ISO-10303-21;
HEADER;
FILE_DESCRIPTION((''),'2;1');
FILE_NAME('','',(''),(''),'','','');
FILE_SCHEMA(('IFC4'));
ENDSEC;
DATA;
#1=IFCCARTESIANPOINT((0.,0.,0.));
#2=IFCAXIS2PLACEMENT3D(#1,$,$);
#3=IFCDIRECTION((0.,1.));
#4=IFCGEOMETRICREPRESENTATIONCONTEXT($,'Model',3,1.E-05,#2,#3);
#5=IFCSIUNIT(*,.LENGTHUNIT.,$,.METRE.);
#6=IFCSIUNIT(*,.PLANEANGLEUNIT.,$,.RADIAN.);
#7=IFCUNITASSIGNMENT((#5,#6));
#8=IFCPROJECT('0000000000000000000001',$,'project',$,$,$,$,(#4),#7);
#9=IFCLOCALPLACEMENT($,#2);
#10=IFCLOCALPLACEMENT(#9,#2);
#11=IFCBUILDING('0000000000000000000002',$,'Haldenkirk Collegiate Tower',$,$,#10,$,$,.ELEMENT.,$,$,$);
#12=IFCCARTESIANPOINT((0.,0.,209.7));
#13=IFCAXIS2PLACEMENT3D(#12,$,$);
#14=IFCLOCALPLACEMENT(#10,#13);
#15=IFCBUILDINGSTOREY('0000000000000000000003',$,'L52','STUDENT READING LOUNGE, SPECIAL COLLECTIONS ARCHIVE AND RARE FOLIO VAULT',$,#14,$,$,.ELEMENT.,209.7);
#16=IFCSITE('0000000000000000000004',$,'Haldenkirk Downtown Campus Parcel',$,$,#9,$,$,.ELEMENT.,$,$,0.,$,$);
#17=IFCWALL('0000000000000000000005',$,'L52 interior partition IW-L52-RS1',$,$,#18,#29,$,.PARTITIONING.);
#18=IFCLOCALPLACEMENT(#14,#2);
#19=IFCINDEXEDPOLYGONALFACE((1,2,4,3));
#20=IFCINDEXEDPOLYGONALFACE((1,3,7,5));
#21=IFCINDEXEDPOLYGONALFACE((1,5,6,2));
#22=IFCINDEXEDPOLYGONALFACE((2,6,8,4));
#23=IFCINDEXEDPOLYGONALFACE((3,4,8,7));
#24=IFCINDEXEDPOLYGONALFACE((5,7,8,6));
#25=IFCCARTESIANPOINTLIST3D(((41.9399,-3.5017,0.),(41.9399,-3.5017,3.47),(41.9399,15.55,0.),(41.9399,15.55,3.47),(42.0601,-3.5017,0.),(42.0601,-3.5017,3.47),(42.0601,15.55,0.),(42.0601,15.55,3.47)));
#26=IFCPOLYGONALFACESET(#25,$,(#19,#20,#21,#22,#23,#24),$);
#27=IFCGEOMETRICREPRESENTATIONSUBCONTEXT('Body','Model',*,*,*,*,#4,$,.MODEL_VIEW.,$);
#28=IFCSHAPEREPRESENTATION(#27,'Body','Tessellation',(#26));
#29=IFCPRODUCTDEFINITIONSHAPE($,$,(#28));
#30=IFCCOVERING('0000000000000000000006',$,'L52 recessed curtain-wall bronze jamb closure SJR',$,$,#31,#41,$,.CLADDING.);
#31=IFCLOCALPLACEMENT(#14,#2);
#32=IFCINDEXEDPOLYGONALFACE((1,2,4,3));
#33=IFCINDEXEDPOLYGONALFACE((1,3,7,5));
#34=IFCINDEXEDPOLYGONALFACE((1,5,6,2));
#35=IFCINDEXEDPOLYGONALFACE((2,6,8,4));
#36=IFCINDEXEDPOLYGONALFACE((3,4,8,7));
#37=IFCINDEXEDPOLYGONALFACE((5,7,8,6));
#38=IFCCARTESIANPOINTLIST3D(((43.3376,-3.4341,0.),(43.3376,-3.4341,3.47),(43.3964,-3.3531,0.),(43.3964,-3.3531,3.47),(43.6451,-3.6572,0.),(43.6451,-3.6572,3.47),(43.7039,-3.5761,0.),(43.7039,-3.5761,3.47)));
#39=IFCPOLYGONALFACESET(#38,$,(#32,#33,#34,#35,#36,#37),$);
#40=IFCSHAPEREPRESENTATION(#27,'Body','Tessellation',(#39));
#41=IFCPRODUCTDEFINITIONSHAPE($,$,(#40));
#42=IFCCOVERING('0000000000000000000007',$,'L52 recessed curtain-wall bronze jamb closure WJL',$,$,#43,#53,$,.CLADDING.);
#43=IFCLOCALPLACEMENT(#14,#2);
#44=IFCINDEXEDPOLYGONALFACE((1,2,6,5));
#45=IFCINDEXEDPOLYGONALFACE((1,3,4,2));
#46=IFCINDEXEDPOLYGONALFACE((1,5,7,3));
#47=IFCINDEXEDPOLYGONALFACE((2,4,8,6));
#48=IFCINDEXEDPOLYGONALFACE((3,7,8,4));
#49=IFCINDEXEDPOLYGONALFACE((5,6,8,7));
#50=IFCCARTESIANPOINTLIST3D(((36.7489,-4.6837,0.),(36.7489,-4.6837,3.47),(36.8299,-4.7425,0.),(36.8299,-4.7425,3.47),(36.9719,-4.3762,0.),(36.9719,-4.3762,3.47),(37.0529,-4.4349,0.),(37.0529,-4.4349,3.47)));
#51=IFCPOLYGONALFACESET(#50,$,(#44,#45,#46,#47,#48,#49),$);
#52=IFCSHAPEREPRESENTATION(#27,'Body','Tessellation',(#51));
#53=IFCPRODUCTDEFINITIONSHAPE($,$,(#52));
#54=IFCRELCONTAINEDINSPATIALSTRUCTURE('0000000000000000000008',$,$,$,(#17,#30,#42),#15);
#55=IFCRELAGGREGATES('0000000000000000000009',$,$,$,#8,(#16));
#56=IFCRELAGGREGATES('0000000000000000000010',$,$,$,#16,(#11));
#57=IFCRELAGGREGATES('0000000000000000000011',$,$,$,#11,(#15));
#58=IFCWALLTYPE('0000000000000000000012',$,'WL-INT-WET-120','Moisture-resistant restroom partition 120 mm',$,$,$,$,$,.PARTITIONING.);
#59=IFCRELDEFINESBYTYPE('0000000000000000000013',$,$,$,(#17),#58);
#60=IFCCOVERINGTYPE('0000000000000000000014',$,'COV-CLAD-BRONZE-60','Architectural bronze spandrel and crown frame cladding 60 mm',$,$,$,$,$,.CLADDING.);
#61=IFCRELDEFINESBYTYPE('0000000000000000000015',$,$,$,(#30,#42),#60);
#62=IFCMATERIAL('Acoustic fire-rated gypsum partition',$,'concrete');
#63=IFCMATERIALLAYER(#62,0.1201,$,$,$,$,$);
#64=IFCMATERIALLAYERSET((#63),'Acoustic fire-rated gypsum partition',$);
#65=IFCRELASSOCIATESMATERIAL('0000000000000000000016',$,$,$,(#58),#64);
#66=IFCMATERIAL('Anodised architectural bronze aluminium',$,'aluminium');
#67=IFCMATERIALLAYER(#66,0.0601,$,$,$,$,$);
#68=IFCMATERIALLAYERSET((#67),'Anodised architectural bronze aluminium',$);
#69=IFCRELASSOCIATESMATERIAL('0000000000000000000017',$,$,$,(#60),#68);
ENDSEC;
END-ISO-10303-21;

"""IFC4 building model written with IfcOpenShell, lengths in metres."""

from ifc_helpers import new_model, si_unit, direction, frame, frame_2d, origin, origin_2d, place, context, subcontext, project, spatial, rectangle, extrude, source, transform, mapped, material, layer, layer_set, type_object, element, save


model = new_model("IFC4")

# Units and contexts
model_context = context("Model", 3, precision=1e-05, world=origin(), true_north=direction((0.0, 1.0)))
body_context = subcontext(model_context, "Body", "Model", "MODEL_VIEW")
ifc_project = project(units=[si_unit("LENGTHUNIT", "METRE"), si_unit("PLANEANGLEUNIT", "RADIAN")], contexts=[model_context])

# Site, building, storey
site_placement = place(None, origin())
site = spatial("IfcSite", under=ifc_project, at=site_placement, Name="Haldenkirk Downtown Campus Parcel", CompositionType="ELEMENT", RefElevation=0.0)
building_placement = place(site_placement, origin())
building = spatial("IfcBuilding", under=site, at=building_placement, Name="Haldenkirk Collegiate Tower", CompositionType="ELEMENT")
storey_placement = place(building_placement, frame((0.0, 0.0, 209.7)))
storey = spatial("IfcBuildingStorey", under=building, at=storey_placement, Name="L52", Description="STUDENT READING LOUNGE, SPECIAL COLLECTIONS ARCHIVE AND RARE FOLIO VAULT", CompositionType="ELEMENT", Elevation=209.7)

# Shared definitions
ifc_material_1 = material(Name="Anodised architectural bronze aluminium", Category="aluminium")

# Wall
ifc_material_2 = material(Name="Acoustic fire-rated gypsum partition", Category="concrete")
ifc_layer_1 = layer(ifc_material_2, 0.1201)
ifc_layer_set_1 = layer_set([ifc_layer_1], Name="Acoustic fire-rated gypsum partition")
wall_type_1 = type_object("IfcWallType", Name="WL-INT-WET-120", Description="Moisture-resistant restroom partition 120 mm", PredefinedType="PARTITIONING", material=ifc_layer_set_1)
wall_placement = place(storey_placement, frame((42.0, -3.5017, 0.0), z_axis=(0.0, 0.0, 1.0), x_axis=(0.0, 1.0, 0.0)))
element("IfcWall", 1, at=wall_placement, inside=storey, type_object=wall_type_1, Name="L52 interior partition IW-L52-RS1", PredefinedType="PARTITIONING", context=body_context, shape_type="SweptSolid", body=[
    extrude(rectangle(XDim=19.0518, YDim=0.1201, at=frame_2d((9.5259, 0.0))), origin(), (0.0, 0.0, 1.0), 3.47),
])

# Coverings
ifc_layer_2 = layer(ifc_material_1, 0.0601)
ifc_layer_set_2 = layer_set([ifc_layer_2], Name="Anodised architectural bronze aluminium")
covering_type = type_object("IfcCoveringType", Name="COV-CLAD-BRONZE-60", Description="Architectural bronze spandrel and crown frame cladding 60 mm", PredefinedType="CLADDING", material=ifc_layer_set_2)
shared_shape_1 = source(origin(), body_context, "Body", "SweptSolid", [
    extrude(rectangle(XDim=0.1001, YDim=0.3799, at=origin_2d()), origin(), (0.0, 0.0, 1.0), 3.47),
])
for number, where, z_axis, x_axis, name in (
    (2, (43.5208, -3.5051, 0.0), (0.0, 0.0, 1.0), (-0.587079, -0.80953, 0.0), "L52 recessed curtain-wall bronze jamb closure SJR"),
    (3, (36.9009, -4.5593, 0.0), (0.0, 0.0, 1.0), (-0.80953, 0.587079, 0.0), "L52 recessed curtain-wall bronze jamb closure WJL"),
):
    element("IfcCovering", number, at=place(storey_placement, frame(where, z_axis=z_axis, x_axis=x_axis)), inside=storey, type_object=covering_type, Name=name, PredefinedType="CLADDING", context=body_context, shape_type="MappedRepresentation", body=[
        mapped(shared_shape_1, transform((0.0, 0.0, 0.0), x_axis=(1.0, 0.0, 0.0), y_axis=(0.0, 1.0, 0.0), z_axis=(0.0, 0.0, 1.0), scale=1.0)),
    ])

save(model, "model.ifc")
